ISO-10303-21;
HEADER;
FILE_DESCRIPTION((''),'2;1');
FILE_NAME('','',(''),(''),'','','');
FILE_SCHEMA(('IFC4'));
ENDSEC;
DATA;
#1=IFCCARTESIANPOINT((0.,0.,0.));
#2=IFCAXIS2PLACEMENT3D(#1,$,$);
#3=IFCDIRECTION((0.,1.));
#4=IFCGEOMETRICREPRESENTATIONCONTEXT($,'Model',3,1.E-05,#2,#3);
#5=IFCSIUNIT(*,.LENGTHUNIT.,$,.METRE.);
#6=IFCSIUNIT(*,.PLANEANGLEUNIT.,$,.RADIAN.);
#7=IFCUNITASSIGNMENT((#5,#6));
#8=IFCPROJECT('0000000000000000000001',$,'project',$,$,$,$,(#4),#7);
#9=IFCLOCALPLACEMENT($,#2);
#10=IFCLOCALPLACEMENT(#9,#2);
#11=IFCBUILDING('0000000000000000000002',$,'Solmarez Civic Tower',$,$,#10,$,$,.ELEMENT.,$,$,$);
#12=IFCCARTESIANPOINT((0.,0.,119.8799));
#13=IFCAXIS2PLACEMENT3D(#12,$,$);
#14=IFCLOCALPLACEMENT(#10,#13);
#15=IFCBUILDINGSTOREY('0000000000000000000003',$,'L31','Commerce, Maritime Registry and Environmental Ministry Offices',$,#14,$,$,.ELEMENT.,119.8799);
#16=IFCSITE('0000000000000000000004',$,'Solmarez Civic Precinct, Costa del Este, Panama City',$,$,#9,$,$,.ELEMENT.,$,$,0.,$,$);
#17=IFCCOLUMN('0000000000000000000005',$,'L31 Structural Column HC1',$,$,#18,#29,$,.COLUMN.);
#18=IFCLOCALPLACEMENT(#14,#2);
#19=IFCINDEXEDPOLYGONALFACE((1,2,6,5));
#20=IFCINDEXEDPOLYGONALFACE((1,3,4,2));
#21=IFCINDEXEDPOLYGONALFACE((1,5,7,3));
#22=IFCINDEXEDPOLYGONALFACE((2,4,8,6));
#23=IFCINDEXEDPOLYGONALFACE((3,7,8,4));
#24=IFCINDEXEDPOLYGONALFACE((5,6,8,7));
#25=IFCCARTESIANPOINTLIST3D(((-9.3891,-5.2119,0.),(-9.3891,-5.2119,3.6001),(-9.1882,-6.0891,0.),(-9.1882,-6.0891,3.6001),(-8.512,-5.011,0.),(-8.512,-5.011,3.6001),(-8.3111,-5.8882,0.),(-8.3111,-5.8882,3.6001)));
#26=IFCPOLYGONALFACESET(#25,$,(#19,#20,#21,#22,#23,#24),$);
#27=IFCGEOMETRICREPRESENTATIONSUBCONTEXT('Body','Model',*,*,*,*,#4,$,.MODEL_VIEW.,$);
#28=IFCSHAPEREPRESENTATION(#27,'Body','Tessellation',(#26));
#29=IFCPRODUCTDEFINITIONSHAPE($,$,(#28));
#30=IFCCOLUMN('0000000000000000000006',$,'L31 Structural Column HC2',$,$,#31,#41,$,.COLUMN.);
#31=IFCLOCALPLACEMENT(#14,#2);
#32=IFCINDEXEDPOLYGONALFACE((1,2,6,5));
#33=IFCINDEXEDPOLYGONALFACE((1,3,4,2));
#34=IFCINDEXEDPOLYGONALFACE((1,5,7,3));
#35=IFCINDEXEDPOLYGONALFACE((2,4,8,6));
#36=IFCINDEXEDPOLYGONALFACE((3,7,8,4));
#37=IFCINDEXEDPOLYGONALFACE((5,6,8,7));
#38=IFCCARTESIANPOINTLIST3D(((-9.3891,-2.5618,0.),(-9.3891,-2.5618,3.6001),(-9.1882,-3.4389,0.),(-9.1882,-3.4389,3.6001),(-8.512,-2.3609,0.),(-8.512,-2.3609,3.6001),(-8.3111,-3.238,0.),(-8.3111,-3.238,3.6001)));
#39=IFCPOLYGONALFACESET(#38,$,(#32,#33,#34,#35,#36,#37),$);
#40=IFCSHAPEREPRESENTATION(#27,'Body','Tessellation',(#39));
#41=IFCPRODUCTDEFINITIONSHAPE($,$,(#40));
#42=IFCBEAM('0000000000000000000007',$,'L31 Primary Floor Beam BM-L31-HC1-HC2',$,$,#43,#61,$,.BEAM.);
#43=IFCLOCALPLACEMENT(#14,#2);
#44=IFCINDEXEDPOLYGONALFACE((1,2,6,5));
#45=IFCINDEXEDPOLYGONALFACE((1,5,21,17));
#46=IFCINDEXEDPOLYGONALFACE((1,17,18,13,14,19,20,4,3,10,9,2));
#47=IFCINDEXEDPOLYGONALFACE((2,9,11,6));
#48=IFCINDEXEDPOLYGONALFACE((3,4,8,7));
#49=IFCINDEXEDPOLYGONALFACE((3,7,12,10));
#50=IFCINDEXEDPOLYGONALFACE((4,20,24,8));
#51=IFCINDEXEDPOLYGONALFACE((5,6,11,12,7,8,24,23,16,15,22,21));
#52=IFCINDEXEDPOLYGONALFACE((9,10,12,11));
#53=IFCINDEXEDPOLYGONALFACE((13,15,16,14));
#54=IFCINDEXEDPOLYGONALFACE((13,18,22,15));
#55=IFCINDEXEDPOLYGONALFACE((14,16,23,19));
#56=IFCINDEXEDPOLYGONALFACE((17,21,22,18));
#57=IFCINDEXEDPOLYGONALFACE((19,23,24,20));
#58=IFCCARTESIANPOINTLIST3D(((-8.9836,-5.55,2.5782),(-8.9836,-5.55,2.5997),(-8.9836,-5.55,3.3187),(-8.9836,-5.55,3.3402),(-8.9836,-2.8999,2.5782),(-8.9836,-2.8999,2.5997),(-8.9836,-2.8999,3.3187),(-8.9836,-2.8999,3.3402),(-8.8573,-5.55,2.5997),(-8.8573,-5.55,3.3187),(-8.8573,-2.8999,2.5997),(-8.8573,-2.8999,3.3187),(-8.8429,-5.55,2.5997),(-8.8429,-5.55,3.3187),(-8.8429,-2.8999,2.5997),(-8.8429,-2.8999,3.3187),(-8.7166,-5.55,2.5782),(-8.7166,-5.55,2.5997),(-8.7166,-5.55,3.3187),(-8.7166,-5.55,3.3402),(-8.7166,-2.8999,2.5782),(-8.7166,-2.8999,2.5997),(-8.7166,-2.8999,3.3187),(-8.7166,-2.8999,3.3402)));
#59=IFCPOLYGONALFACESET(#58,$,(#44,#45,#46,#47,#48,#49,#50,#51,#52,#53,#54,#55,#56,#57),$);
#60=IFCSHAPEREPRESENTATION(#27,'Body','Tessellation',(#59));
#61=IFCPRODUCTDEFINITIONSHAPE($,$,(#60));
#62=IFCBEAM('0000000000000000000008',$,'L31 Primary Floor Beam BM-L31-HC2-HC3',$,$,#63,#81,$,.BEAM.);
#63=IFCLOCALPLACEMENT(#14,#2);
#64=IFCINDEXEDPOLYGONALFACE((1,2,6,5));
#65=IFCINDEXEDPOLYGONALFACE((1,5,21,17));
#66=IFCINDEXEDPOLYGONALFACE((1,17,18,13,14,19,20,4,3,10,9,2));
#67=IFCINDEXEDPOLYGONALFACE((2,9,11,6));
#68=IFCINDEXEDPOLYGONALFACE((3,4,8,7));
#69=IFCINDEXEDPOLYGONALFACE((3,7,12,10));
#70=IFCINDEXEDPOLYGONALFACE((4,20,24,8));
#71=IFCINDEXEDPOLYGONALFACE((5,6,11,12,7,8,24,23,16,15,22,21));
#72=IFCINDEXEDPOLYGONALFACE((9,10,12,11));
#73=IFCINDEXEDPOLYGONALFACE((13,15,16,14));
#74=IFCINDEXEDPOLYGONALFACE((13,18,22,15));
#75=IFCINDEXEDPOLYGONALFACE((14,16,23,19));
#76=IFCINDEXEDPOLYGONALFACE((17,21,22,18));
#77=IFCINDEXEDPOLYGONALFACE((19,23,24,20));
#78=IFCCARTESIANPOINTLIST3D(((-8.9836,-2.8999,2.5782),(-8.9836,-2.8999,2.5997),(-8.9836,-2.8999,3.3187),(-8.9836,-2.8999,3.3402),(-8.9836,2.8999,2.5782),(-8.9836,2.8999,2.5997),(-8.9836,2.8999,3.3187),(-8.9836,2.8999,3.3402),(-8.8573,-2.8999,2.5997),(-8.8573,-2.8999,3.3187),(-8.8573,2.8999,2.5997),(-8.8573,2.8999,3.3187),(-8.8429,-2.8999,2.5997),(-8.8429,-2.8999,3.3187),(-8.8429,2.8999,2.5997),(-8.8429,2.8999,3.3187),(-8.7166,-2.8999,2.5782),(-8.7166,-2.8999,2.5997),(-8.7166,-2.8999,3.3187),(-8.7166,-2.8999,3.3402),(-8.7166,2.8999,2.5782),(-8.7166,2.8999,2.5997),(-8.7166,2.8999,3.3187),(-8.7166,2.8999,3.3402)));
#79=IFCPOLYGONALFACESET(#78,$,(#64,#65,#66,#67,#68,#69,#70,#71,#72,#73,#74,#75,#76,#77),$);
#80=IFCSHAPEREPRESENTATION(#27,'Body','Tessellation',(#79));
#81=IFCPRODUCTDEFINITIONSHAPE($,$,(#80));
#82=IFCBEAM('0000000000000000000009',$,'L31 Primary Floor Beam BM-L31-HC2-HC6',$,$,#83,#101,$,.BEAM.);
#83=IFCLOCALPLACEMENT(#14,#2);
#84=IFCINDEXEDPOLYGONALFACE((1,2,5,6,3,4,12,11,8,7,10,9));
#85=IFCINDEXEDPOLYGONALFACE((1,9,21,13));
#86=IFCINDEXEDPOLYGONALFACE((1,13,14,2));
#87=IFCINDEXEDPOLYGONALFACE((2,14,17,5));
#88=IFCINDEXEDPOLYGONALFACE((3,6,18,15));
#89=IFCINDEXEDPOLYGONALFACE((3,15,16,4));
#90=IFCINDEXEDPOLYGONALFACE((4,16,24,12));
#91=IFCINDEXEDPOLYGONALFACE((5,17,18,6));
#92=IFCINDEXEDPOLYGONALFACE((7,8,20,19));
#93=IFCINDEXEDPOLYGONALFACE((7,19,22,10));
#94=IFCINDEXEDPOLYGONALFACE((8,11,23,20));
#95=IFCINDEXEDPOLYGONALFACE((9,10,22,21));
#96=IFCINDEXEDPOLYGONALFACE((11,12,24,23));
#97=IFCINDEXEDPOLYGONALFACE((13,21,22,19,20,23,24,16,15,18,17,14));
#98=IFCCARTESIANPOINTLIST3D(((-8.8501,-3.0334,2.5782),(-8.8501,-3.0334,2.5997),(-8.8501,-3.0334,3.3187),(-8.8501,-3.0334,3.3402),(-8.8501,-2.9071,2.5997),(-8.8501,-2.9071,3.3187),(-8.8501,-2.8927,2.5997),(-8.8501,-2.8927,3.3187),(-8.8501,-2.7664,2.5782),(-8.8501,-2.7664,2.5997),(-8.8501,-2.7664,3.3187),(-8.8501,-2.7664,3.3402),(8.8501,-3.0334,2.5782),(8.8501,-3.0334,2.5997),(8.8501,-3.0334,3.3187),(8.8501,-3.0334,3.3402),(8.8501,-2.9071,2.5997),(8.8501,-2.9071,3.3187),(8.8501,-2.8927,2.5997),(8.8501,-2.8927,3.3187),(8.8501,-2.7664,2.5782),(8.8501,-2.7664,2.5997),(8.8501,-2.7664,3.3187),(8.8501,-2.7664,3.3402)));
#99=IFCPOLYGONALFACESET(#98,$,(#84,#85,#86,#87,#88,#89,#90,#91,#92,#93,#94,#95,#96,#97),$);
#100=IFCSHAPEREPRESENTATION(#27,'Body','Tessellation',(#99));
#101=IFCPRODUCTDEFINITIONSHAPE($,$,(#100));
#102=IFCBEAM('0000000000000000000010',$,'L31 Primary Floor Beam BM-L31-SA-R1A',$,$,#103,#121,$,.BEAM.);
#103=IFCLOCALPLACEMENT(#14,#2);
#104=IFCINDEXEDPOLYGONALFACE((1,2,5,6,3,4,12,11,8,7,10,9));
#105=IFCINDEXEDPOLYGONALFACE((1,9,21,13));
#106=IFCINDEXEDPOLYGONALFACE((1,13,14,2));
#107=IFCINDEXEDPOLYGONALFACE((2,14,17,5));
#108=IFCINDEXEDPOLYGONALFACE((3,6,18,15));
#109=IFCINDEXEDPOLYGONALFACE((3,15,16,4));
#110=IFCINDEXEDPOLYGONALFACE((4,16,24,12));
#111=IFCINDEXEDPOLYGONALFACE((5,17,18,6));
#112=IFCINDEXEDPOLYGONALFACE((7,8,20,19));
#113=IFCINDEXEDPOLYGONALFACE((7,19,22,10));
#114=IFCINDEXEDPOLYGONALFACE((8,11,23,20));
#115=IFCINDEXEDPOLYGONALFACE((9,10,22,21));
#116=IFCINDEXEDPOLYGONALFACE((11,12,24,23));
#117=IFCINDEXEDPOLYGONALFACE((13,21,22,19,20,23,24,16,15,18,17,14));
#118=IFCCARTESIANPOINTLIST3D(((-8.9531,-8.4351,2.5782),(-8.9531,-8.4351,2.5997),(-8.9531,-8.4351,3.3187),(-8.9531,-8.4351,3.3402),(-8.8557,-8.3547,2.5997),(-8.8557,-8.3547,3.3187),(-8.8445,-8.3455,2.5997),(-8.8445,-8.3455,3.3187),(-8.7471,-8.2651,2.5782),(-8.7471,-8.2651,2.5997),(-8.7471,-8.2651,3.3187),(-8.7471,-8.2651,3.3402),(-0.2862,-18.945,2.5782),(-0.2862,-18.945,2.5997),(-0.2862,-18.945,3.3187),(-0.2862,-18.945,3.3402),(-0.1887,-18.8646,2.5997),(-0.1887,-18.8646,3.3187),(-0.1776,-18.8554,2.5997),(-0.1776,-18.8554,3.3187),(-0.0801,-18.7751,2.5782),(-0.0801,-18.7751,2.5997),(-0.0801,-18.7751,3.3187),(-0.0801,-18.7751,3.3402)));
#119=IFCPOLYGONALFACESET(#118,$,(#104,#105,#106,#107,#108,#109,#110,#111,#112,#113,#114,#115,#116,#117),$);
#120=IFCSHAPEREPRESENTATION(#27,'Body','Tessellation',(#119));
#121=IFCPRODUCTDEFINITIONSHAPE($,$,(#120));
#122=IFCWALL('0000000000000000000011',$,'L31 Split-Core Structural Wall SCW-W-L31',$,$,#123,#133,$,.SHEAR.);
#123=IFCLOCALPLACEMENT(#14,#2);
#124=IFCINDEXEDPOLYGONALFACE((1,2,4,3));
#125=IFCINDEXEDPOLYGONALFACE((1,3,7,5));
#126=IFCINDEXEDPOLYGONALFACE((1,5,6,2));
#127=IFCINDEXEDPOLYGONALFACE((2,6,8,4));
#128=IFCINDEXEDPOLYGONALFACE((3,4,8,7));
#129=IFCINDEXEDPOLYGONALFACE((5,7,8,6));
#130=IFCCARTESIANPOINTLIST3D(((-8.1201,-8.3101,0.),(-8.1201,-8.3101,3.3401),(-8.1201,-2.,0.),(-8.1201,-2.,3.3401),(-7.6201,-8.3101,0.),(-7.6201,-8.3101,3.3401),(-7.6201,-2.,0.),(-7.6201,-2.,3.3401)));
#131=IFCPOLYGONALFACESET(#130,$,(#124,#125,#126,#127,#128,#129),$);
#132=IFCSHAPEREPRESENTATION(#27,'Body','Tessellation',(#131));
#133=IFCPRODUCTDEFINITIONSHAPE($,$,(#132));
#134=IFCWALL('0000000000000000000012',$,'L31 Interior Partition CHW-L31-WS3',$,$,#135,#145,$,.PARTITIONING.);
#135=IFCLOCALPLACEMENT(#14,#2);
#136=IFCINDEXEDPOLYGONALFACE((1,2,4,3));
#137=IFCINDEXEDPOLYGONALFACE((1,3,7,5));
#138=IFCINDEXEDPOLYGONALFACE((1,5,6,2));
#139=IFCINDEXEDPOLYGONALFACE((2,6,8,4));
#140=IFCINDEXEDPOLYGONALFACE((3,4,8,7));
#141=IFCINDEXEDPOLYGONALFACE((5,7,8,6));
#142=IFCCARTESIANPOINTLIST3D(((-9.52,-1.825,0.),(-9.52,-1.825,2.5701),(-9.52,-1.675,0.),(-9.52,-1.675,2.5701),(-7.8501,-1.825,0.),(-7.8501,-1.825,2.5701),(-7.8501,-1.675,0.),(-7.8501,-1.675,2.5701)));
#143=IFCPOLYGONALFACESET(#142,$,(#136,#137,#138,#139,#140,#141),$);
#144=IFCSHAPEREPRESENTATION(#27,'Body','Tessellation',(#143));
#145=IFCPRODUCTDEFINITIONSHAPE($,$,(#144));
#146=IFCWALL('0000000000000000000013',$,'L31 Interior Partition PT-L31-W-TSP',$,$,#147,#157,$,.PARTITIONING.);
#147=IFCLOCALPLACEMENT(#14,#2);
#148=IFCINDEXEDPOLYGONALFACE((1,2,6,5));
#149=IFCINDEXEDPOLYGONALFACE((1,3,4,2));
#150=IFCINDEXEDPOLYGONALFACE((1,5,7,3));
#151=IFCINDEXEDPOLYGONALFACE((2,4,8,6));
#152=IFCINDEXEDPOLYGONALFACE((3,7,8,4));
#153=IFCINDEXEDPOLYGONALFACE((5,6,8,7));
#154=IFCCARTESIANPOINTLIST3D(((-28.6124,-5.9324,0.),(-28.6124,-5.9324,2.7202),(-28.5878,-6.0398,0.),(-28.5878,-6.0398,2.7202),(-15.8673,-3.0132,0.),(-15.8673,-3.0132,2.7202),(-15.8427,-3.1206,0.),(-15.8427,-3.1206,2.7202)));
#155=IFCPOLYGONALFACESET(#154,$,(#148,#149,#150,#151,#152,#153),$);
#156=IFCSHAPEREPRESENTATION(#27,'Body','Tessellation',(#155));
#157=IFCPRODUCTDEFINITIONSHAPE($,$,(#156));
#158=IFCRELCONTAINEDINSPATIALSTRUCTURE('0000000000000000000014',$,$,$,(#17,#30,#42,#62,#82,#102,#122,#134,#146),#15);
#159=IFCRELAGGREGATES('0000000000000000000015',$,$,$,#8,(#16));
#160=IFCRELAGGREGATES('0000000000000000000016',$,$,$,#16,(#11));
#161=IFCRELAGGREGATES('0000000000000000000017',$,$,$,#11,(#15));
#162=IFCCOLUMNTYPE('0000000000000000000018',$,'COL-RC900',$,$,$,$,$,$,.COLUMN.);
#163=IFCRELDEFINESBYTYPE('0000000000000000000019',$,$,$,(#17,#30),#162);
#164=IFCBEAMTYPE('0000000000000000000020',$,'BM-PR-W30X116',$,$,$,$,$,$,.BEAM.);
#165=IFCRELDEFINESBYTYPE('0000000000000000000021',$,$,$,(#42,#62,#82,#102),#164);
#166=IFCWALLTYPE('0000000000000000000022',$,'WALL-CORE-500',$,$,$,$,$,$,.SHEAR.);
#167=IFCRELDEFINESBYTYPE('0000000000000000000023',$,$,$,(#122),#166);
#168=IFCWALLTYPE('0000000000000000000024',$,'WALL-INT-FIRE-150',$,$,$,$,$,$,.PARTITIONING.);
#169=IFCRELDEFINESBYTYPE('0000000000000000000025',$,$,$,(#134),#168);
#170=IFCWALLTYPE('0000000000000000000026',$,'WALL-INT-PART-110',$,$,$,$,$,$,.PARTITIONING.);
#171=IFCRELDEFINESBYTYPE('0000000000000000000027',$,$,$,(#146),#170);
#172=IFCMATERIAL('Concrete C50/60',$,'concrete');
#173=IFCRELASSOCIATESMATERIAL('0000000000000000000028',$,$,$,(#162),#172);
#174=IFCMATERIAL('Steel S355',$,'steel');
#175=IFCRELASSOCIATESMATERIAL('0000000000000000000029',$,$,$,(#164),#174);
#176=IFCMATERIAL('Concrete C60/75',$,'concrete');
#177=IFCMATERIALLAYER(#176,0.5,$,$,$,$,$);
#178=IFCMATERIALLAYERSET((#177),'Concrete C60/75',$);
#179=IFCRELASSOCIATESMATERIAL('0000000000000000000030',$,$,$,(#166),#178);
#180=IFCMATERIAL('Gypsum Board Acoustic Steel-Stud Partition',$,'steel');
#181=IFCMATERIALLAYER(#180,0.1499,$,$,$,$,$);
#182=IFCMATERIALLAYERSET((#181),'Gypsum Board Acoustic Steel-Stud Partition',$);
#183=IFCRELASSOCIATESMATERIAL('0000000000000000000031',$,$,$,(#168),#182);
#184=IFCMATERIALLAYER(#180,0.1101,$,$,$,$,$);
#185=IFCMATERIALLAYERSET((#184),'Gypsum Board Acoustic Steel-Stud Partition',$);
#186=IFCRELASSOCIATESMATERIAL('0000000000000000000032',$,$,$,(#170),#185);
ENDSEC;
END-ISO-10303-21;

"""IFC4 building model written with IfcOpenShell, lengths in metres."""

from ifc_helpers import new_model, si_unit, direction, frame, frame_2d, origin, origin_2d, place, context, subcontext, project, spatial, rectangle, i_section, extrude, material, layer, layer_set, material_profile, profile_set, type_object, element, save


model = new_model("IFC4")

# Units and contexts
model_context = context("Model", 3, precision=1e-05, world=origin(), true_north=direction((0.0, 1.0)))
body_context = subcontext(model_context, "Body", "Model", "MODEL_VIEW")
ifc_project = project(units=[si_unit("LENGTHUNIT", "METRE"), si_unit("PLANEANGLEUNIT", "RADIAN")], contexts=[model_context])

# Site, building, storey
site_placement = place(None, origin())
site = spatial("IfcSite", under=ifc_project, at=site_placement, Name="Solmarez Civic Precinct, Costa del Este, Panama City", CompositionType="ELEMENT", RefElevation=0.0)
building_placement = place(site_placement, origin())
building = spatial("IfcBuilding", under=site, at=building_placement, Name="Solmarez Civic Tower", CompositionType="ELEMENT")
storey_placement = place(building_placement, frame((0.0, 0.0, 119.8799)))
storey = spatial("IfcBuildingStorey", under=building, at=storey_placement, Name="L31", Description="Commerce, Maritime Registry and Environmental Ministry Offices", CompositionType="ELEMENT", Elevation=119.8799)

# Columns
ifc_material_1 = material(Name="Concrete C50/60", Category="concrete")
ifc_material_profile_1 = material_profile(ifc_material_1, rectangle(XDim=0.8999, YDim=0.8999, at=origin_2d()), Name="RC900X900")
ifc_profile_set_1 = profile_set([ifc_material_profile_1], Name="Concrete C50/60")
column_type = type_object("IfcColumnType", Name="COL-RC900", PredefinedType="COLUMN", material=ifc_profile_set_1)
for number, where, z_axis, x_axis, name in (
    (1, (-8.8501, -5.55, 0.0), (0.0, 0.0, 1.0), (0.974761, 0.22325, 0.0), "L31 Structural Column HC1"),
    (2, (-8.8501, -2.8999, 0.0), (0.0, 0.0, 1.0), (0.974761, 0.22325, 0.0), "L31 Structural Column HC2"),
):
    element("IfcColumn", number, at=place(storey_placement, frame(where, z_axis=z_axis, x_axis=x_axis)), inside=storey, type_object=column_type, Name=name, PredefinedType="COLUMN", context=body_context, shape_type="SweptSolid", body=[
        extrude(rectangle(XDim=0.8999, YDim=0.8999, at=origin_2d()), origin(), (0.0, 0.0, 1.0), 3.6001),
    ])

# Beams
ifc_material_2 = material(Name="Steel S355", Category="steel")
ifc_material_profile_2 = material_profile(ifc_material_2, i_section(OverallWidth=0.2671, OverallDepth=0.762, WebThickness=0.0144, FlangeThickness=0.0215, at=origin_2d()), Name="W30X116")
ifc_profile_set_2 = profile_set([ifc_material_profile_2], Name="Steel S355")
beam_type = type_object("IfcBeamType", Name="BM-PR-W30X116", PredefinedType="BEAM", material=ifc_profile_set_2)
beam_1_placement = place(storey_placement, frame((-8.8501, -5.55, 2.9592), z_axis=(0.0, 1.0, 0.0), x_axis=(-1.0, 0.0, 0.0)))
element("IfcBeam", 3, at=beam_1_placement, inside=storey, type_object=beam_type, Name="L31 Primary Floor Beam BM-L31-HC1-HC2", PredefinedType="BEAM", context=body_context, shape_type="SweptSolid", body=[
    extrude(i_section(OverallWidth=0.2671, OverallDepth=0.762, WebThickness=0.0144, FlangeThickness=0.0215, at=origin_2d()), origin(), (0.0, 0.0, 1.0), 2.6501),
])
beam_2_placement = place(storey_placement, frame((-8.8501, -2.8999, 2.9592), z_axis=(0.0, 1.0, 0.0), x_axis=(-1.0, 0.0, 0.0)))
element("IfcBeam", 4, at=beam_2_placement, inside=storey, type_object=beam_type, Name="L31 Primary Floor Beam BM-L31-HC2-HC3", PredefinedType="BEAM", context=body_context, shape_type="SweptSolid", body=[
    extrude(i_section(OverallWidth=0.2671, OverallDepth=0.762, WebThickness=0.0144, FlangeThickness=0.0215, at=origin_2d()), origin(), (0.0, 0.0, 1.0), 5.7998),
])
beam_3_placement = place(storey_placement, frame((-8.8501, -2.8999, 2.9592), z_axis=(1.0, 0.0, 0.0), x_axis=(0.0, 1.0, 0.0)))
element("IfcBeam", 5, at=beam_3_placement, inside=storey, type_object=beam_type, Name="L31 Primary Floor Beam BM-L31-HC2-HC6", PredefinedType="BEAM", context=body_context, shape_type="SweptSolid", body=[
    extrude(i_section(OverallWidth=0.2671, OverallDepth=0.762, WebThickness=0.0144, FlangeThickness=0.0215, at=origin_2d()), origin(), (0.0, 0.0, 1.0), 17.7002),
])
beam_4_placement = place(storey_placement, frame((-8.8501, -8.3501, 2.9592), z_axis=(0.636218, -0.771509, 0.0), x_axis=(0.771509, 0.636218, 0.0)))
element("IfcBeam", 6, at=beam_4_placement, inside=storey, type_object=beam_type, Name="L31 Primary Floor Beam BM-L31-SA-R1A", PredefinedType="BEAM", context=body_context, shape_type="SweptSolid", body=[
    extrude(i_section(OverallWidth=0.2671, OverallDepth=0.762, WebThickness=0.0144, FlangeThickness=0.0215, at=origin_2d()), origin(), (0.0, 0.0, 1.0), 13.6226),
])

# Shared definitions
ifc_material_3 = material(Name="Concrete C60/75", Category="concrete")
ifc_layer_1 = layer(ifc_material_3, 0.5)
ifc_layer_set_1 = layer_set([ifc_layer_1], Name="Concrete C60/75")
wall_type_1 = type_object("IfcWallType", Name="WALL-CORE-500", PredefinedType="SHEAR", material=ifc_layer_set_1)

# Walls
wall_1_placement = place(storey_placement, frame((-7.8701, -8.3101, 0.0), z_axis=(0.0, 0.0, 1.0), x_axis=(0.0, 1.0, 0.0)))
element("IfcWall", 7, at=wall_1_placement, inside=storey, type_object=wall_type_1, Name="L31 Split-Core Structural Wall SCW-W-L31", PredefinedType="SHEAR", context=body_context, shape_type="SweptSolid", body=[
    extrude(rectangle(XDim=6.3101, YDim=0.5, at=frame_2d((3.155, 0.0))), origin(), (0.0, 0.0, 1.0), 3.3401),
])
ifc_material_4 = material(Name="Gypsum Board Acoustic Steel-Stud Partition", Category="steel")
ifc_layer_2 = layer(ifc_material_4, 0.1499)
ifc_layer_set_2 = layer_set([ifc_layer_2], Name="Gypsum Board Acoustic Steel-Stud Partition")
wall_type_2 = type_object("IfcWallType", Name="WALL-INT-FIRE-150", PredefinedType="PARTITIONING", material=ifc_layer_set_2)
wall_2_placement = place(storey_placement, frame((-7.8501, -1.75, 0.0), z_axis=(0.0, 0.0, 1.0), x_axis=(-1.0, 0.0, 0.0)))
element("IfcWall", 8, at=wall_2_placement, inside=storey, type_object=wall_type_2, Name="L31 Interior Partition CHW-L31-WS3", PredefinedType="PARTITIONING", context=body_context, shape_type="SweptSolid", body=[
    extrude(rectangle(XDim=1.6699, YDim=0.1499, at=frame_2d((0.835, 0.0))), origin(), (0.0, 0.0, 1.0), 2.5701),
])
ifc_layer_3 = layer(ifc_material_4, 0.1101)
ifc_layer_set_3 = layer_set([ifc_layer_3], Name="Gypsum Board Acoustic Steel-Stud Partition")
wall_type_3 = type_object("IfcWallType", Name="WALL-INT-PART-110", PredefinedType="PARTITIONING", material=ifc_layer_set_3)
wall_3_placement = place(storey_placement, frame((-15.855, -3.0669, 0.0), z_axis=(0.0, 0.0, 1.0), x_axis=(-0.974758, -0.223262, 0.0)))
element("IfcWall", 9, at=wall_3_placement, inside=storey, type_object=wall_type_3, Name="L31 Interior Partition PT-L31-W-TSP", PredefinedType="PARTITIONING", context=body_context, shape_type="SweptSolid", body=[
    extrude(rectangle(XDim=13.0752, YDim=0.1101, at=frame_2d((6.5376, 0.0))), origin(), (0.0, 0.0, 1.0), 2.7202),
])

save(model, "model.ifc")
